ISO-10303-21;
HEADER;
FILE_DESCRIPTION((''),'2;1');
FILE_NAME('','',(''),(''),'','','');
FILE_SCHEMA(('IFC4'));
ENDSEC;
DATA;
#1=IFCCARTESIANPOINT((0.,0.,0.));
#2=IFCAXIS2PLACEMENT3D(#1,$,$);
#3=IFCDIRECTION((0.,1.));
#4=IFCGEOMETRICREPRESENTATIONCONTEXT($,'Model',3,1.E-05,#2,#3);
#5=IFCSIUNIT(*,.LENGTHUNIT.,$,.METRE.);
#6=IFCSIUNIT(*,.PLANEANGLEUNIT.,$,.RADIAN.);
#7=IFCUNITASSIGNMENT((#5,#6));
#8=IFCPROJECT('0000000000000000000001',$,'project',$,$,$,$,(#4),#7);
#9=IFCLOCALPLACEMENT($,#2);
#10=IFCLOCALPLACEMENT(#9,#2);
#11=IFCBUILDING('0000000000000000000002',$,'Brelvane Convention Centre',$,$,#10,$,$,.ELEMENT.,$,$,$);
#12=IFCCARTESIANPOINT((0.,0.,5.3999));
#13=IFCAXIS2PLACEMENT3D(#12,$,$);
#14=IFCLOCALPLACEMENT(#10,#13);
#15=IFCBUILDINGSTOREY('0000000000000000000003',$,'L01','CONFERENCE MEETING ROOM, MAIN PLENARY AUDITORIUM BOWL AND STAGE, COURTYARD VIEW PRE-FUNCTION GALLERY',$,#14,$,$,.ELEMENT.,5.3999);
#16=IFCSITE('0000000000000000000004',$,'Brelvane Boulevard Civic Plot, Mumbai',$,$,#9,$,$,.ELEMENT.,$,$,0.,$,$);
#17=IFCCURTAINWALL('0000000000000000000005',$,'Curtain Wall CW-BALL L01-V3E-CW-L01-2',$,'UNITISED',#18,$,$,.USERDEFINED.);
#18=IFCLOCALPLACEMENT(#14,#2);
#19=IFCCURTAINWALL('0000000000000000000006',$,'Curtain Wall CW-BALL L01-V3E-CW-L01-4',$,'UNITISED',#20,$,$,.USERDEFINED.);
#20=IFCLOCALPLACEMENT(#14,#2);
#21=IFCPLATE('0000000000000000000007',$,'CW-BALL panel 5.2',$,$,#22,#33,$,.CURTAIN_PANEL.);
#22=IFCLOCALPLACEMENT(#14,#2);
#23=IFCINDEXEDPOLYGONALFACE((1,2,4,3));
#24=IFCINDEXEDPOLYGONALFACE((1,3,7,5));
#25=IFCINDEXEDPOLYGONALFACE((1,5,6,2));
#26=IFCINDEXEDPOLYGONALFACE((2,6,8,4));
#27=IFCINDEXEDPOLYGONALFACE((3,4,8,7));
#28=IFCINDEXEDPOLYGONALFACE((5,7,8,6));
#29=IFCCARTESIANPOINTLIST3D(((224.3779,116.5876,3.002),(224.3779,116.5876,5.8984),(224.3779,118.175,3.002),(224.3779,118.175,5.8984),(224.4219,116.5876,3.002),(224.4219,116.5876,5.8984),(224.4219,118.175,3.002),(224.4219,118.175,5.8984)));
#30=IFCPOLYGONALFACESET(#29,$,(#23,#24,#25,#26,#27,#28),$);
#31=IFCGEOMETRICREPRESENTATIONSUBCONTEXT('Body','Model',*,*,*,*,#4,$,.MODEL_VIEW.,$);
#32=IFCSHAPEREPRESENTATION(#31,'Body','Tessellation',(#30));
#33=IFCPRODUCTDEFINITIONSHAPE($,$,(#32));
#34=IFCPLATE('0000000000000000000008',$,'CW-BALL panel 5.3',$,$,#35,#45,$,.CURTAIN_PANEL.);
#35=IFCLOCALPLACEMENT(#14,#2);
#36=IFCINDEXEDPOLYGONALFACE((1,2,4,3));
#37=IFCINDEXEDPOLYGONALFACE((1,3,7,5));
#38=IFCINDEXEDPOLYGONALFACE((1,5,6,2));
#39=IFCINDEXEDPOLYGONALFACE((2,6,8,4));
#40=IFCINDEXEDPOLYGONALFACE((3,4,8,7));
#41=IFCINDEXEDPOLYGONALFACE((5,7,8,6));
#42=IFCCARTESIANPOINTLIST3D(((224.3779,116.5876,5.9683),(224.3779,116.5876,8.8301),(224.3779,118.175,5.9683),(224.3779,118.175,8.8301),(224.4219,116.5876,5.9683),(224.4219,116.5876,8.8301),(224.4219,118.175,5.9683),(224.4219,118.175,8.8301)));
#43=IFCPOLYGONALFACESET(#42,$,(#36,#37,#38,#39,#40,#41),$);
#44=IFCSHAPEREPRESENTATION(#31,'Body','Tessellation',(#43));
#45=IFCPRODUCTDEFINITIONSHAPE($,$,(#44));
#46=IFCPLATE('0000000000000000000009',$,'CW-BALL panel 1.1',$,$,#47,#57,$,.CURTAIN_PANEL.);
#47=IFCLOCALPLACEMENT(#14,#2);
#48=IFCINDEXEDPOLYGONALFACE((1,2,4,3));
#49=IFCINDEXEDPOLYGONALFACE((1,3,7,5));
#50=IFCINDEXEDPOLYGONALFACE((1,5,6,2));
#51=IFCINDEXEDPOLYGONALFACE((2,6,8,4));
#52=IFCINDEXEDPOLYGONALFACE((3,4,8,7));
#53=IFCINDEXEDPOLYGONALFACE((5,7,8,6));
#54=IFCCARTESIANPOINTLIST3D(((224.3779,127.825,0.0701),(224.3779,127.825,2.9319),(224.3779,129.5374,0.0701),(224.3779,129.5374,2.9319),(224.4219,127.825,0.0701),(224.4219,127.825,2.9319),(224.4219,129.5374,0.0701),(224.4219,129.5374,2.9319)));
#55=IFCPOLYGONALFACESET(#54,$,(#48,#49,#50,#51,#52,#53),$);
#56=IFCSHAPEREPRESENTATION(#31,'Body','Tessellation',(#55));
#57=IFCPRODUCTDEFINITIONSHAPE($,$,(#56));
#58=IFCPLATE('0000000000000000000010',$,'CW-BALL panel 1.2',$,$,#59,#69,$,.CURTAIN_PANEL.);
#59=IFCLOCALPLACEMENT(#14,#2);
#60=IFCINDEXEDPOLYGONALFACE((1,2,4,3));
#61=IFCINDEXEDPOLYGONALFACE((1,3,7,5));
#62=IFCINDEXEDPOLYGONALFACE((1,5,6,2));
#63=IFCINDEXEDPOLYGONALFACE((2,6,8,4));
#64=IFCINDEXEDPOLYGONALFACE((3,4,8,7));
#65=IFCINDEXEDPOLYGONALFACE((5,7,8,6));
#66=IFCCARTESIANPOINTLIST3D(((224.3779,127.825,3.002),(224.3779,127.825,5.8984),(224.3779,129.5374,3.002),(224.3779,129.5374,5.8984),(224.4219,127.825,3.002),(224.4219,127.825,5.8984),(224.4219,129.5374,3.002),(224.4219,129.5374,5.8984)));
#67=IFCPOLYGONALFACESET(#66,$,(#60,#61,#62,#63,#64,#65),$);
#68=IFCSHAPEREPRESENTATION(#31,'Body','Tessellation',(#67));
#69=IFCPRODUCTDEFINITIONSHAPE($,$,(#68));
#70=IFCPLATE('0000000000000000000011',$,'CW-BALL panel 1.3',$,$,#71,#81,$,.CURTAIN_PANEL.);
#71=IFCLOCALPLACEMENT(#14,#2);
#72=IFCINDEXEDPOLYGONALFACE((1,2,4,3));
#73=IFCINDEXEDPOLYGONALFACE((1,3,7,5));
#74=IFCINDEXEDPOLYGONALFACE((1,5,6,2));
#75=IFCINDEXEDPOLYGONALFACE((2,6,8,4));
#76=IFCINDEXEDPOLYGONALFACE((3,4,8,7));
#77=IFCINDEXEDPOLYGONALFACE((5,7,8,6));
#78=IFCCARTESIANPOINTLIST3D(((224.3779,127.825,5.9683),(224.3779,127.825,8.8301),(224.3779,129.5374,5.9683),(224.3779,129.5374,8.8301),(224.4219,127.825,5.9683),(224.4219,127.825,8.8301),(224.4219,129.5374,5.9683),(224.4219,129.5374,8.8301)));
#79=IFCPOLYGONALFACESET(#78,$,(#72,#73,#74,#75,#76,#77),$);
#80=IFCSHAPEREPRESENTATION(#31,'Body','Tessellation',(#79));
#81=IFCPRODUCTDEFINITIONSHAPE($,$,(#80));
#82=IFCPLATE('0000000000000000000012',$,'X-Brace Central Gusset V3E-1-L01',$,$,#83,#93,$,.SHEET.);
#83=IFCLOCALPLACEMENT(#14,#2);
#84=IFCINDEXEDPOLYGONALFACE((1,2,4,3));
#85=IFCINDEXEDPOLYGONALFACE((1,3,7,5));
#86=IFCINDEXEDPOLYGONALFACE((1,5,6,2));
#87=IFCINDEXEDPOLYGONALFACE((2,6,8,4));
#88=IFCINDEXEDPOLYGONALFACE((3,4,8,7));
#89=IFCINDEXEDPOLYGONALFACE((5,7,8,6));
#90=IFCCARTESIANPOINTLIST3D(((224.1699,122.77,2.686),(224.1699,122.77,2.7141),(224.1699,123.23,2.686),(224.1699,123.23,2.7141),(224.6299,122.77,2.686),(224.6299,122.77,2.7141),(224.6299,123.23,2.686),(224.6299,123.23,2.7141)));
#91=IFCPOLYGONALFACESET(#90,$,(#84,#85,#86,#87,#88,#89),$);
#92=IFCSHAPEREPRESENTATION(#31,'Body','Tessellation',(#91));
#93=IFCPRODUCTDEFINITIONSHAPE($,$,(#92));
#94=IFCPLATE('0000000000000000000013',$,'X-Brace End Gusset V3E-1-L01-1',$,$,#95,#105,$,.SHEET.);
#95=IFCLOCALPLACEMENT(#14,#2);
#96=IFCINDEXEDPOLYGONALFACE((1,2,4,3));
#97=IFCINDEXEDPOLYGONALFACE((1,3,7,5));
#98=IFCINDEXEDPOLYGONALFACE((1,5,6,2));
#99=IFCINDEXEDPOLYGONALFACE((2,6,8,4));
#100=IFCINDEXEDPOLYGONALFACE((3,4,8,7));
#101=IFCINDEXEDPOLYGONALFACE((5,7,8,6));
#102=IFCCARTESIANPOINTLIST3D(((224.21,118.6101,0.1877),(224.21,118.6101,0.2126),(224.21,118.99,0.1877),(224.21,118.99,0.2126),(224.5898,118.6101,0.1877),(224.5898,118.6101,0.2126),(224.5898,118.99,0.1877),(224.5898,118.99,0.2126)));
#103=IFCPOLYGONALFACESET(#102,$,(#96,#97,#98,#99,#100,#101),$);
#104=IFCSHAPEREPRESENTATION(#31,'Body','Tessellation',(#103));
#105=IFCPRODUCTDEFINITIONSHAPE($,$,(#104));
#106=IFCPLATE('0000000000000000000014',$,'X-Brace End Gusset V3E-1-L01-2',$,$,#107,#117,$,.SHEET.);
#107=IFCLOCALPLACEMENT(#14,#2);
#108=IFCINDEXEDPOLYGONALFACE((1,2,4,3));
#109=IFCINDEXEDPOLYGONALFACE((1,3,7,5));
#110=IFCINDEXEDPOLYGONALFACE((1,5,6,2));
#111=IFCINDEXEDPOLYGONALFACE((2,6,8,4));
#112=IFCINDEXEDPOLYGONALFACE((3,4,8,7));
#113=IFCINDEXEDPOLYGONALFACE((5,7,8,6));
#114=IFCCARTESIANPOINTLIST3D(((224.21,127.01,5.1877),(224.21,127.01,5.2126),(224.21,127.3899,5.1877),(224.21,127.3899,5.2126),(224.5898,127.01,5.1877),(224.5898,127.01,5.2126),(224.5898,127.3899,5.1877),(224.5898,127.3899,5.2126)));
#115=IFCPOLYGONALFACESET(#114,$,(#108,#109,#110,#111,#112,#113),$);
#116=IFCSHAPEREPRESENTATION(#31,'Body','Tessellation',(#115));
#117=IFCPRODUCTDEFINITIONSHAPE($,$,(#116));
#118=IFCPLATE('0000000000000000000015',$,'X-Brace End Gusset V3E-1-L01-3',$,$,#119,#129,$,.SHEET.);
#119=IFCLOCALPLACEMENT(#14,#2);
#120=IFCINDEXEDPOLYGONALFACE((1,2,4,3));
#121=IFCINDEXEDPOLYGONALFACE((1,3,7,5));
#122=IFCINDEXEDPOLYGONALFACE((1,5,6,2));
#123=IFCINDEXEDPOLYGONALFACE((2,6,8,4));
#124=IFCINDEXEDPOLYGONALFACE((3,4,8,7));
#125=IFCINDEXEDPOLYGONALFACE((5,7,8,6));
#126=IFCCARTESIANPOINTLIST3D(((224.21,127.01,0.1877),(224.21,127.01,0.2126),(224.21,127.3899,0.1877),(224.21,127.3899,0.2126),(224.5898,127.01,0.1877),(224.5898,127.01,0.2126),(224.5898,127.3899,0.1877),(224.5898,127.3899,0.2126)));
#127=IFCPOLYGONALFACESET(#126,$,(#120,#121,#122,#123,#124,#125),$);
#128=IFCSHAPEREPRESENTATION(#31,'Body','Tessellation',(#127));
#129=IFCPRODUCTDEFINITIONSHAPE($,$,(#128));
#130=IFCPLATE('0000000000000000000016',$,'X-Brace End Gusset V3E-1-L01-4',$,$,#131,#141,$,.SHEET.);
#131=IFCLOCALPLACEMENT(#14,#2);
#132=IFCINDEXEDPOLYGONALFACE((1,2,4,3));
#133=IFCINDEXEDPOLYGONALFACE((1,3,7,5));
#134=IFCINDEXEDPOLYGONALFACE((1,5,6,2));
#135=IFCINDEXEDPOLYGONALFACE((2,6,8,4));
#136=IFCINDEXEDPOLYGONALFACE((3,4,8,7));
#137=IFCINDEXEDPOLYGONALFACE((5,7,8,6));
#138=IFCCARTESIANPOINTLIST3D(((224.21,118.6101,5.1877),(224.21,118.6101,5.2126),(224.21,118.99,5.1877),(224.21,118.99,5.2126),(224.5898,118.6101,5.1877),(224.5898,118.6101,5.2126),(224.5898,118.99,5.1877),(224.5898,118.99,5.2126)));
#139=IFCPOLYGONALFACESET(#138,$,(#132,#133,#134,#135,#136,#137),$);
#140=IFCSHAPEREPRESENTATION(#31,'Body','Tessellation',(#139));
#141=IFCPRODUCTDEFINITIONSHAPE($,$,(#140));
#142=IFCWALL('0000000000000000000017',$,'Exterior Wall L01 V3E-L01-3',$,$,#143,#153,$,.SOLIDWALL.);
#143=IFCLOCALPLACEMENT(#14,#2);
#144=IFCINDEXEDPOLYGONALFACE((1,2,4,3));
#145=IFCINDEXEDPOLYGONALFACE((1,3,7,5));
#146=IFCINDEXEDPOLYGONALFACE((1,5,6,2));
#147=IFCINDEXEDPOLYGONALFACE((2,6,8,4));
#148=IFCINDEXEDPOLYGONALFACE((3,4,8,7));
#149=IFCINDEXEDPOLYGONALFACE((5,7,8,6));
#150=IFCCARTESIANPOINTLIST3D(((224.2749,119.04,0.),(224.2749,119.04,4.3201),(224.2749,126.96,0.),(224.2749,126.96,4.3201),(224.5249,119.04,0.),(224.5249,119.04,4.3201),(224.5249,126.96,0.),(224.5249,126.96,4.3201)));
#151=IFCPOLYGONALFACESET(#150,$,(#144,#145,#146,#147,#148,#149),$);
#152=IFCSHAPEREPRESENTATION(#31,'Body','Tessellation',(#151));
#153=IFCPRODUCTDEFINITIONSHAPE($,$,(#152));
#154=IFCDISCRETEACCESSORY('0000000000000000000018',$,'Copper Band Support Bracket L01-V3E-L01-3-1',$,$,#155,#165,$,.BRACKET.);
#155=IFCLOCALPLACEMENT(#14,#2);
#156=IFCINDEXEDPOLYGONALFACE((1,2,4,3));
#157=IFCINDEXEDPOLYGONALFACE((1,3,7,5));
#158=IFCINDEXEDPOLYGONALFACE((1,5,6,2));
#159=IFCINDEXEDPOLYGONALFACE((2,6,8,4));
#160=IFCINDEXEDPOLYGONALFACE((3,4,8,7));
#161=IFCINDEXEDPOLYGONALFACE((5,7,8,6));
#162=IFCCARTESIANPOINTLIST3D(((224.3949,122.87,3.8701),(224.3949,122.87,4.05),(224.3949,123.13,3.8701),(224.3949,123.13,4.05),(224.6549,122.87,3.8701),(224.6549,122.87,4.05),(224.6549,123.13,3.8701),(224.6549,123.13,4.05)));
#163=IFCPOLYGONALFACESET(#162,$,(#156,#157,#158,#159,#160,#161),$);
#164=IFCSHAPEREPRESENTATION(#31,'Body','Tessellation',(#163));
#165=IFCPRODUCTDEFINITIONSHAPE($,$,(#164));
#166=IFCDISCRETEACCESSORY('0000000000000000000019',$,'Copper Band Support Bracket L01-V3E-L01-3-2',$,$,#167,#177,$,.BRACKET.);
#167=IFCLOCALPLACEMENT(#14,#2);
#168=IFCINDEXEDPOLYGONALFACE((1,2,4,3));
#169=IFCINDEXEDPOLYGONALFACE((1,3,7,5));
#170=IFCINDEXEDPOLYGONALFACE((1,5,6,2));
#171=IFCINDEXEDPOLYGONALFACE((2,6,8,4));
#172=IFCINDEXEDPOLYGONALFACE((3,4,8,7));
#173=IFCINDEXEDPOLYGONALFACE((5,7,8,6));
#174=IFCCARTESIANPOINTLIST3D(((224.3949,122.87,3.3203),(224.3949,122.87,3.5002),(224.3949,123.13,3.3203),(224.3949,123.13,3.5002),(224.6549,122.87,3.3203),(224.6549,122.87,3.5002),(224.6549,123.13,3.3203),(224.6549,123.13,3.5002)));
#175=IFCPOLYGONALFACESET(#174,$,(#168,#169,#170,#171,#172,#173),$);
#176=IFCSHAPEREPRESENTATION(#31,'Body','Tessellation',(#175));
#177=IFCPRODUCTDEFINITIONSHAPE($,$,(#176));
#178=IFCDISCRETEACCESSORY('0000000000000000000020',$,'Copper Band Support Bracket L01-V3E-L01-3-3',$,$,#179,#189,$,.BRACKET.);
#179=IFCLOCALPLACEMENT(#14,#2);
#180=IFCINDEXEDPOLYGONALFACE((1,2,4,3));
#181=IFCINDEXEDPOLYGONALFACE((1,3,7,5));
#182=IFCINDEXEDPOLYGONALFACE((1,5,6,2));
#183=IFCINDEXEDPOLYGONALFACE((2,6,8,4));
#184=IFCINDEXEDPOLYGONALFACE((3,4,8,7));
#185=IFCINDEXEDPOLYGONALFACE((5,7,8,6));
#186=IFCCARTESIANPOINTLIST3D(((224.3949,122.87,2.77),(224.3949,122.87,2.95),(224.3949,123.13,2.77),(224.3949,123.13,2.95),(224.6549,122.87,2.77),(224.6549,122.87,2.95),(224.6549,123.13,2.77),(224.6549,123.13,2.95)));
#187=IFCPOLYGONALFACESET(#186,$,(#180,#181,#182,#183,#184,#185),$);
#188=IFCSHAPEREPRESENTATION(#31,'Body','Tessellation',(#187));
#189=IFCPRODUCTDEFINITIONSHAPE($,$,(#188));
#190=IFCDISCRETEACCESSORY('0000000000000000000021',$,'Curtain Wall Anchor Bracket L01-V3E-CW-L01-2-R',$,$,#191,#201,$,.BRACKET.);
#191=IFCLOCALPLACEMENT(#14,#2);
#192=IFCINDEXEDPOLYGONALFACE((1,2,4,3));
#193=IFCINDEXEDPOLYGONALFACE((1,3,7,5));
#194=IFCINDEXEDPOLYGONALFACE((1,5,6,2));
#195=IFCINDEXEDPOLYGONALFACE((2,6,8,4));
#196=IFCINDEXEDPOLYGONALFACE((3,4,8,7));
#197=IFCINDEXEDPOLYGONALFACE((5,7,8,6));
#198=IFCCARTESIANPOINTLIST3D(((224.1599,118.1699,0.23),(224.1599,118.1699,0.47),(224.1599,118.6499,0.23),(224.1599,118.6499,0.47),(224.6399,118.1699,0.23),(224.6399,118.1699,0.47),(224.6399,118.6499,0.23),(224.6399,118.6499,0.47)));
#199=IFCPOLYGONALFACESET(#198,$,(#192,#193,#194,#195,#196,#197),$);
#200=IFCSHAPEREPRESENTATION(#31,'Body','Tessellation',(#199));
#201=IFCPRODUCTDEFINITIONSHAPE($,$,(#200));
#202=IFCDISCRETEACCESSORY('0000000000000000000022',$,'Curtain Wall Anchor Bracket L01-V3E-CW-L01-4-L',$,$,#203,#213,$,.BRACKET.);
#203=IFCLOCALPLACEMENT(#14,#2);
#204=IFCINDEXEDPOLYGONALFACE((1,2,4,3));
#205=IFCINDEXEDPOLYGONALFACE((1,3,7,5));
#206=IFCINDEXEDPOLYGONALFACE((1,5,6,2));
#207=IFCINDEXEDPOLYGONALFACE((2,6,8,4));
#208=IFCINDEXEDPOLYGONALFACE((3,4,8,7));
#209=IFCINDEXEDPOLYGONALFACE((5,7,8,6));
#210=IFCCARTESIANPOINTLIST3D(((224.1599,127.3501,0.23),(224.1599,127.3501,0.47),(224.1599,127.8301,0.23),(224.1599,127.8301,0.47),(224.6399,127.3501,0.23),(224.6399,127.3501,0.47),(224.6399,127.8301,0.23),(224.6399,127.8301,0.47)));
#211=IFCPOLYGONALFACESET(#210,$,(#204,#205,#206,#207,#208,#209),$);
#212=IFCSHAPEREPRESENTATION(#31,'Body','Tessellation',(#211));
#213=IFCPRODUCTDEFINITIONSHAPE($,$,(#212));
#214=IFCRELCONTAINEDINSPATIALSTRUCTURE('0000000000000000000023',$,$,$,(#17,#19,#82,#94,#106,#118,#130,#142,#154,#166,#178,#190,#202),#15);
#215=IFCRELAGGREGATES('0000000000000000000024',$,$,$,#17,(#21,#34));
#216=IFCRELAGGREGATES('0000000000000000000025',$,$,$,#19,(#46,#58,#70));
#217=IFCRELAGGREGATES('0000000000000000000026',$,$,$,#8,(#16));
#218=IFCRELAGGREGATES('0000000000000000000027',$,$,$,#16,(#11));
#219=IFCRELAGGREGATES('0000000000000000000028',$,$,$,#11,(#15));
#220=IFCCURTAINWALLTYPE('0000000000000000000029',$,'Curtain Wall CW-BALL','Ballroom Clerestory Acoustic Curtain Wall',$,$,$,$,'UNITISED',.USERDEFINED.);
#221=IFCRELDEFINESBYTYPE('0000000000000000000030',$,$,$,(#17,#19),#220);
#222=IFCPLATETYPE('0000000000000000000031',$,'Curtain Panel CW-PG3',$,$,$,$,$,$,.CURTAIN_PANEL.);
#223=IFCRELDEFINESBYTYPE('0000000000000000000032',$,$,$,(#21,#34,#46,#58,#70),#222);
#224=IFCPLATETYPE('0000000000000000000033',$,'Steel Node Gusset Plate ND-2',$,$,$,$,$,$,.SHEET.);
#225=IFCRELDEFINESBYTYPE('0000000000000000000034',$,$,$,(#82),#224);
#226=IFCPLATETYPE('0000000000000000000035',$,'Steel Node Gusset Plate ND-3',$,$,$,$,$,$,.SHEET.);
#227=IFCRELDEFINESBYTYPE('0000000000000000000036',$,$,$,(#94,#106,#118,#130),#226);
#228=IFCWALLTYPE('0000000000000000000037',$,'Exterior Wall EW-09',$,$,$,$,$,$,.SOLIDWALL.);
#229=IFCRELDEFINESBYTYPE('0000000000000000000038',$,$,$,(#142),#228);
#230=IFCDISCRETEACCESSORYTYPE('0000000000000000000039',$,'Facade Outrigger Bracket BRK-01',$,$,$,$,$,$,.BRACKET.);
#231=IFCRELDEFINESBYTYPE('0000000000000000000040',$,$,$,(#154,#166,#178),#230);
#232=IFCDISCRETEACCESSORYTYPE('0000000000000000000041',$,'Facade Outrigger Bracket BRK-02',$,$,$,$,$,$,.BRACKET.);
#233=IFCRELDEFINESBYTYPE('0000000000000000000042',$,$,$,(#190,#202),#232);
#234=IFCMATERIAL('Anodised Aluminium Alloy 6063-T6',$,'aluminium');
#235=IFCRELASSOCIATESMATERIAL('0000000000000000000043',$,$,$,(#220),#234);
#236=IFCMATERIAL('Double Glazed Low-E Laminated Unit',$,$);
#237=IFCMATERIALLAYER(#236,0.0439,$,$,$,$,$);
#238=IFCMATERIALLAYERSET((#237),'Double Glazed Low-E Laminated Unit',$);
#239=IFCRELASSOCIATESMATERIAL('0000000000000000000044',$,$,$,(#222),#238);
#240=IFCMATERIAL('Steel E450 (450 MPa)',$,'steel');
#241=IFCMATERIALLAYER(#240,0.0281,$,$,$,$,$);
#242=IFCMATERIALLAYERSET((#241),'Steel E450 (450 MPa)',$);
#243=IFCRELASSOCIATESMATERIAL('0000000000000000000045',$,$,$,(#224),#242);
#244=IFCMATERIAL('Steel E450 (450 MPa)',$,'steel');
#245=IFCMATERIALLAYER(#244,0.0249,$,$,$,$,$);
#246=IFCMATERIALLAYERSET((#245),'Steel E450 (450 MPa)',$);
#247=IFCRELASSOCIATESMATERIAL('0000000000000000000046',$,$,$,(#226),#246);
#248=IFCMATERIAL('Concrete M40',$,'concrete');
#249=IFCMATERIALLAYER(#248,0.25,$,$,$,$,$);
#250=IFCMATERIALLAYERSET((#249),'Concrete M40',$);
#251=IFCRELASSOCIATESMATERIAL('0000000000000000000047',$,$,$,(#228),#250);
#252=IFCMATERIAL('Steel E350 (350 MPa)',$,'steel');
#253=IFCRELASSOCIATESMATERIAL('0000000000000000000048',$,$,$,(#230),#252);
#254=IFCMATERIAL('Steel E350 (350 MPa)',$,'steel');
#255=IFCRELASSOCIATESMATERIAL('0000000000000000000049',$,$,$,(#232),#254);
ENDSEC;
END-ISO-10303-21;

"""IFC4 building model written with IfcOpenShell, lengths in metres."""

from ifc_helpers import new_model, si_unit, direction, frame, frame_2d, origin, origin_2d, place, context, subcontext, project, spatial, rectangle, extrude, material, layer, layer_set, type_object, element, aggregate, save


model = new_model("IFC4")

# Units and contexts
model_context = context("Model", 3, precision=1e-05, world=origin(), true_north=direction((0.0, 1.0)))
body_context = subcontext(model_context, "Body", "Model", "MODEL_VIEW")
ifc_project = project(units=[si_unit("LENGTHUNIT", "METRE"), si_unit("PLANEANGLEUNIT", "RADIAN")], contexts=[model_context])

# Site, building, storey
site_placement = place(None, origin())
site = spatial("IfcSite", under=ifc_project, at=site_placement, Name="Brelvane Boulevard Civic Plot, Mumbai", CompositionType="ELEMENT", RefElevation=0.0)
building_placement = place(site_placement, origin())
building = spatial("IfcBuilding", under=site, at=building_placement, Name="Brelvane Convention Centre", CompositionType="ELEMENT")
storey_placement = place(building_placement, frame((0.0, 0.0, 5.3999)))
storey = spatial("IfcBuildingStorey", under=building, at=storey_placement, Name="L01", Description="CONFERENCE MEETING ROOM, MAIN PLENARY AUDITORIUM BOWL AND STAGE, COURTYARD VIEW PRE-FUNCTION GALLERY", CompositionType="ELEMENT", Elevation=5.3999)

# Curtain wall
ifc_material_1 = material(Name="Anodised Aluminium Alloy 6063-T6", Category="aluminium")
curtain_wall_type = type_object("IfcCurtainWallType", Name="Curtain Wall CW-BALL", Description="Ballroom Clerestory Acoustic Curtain Wall", ElementType="UNITISED", PredefinedType="USERDEFINED", material=ifc_material_1)
curtain_wall_1_placement = place(storey_placement, origin())
curtain_wall_1 = element("IfcCurtainWall", 1, at=curtain_wall_1_placement, inside=storey, type_object=curtain_wall_type, Name="Curtain Wall CW-BALL L01-V3E-CW-L01-2", ObjectType="UNITISED", PredefinedType="USERDEFINED")

# Curtain wall
curtain_wall_2_placement = place(storey_placement, origin())
curtain_wall_2 = element("IfcCurtainWall", 2, at=curtain_wall_2_placement, inside=storey, type_object=curtain_wall_type, Name="Curtain Wall CW-BALL L01-V3E-CW-L01-4", ObjectType="UNITISED", PredefinedType="USERDEFINED")

# Plates
ifc_material_2 = material(Name="Double Glazed Low-E Laminated Unit")
ifc_layer_1 = layer(ifc_material_2, 0.0439)
ifc_layer_set_1 = layer_set([ifc_layer_1], Name="Double Glazed Low-E Laminated Unit")
plate_type_1 = type_object("IfcPlateType", Name="Curtain Panel CW-PG3", PredefinedType="CURTAIN_PANEL", material=ifc_layer_set_1)
plate_1_placement = place(storey_placement, frame((224.3999, 117.3813, 3.002), z_axis=(0.0, 0.0, 1.0), x_axis=(0.0, 1.0, 0.0)))
plate_1 = element("IfcPlate", 3, at=plate_1_placement, type_object=plate_type_1, Name="CW-BALL panel 5.2", PredefinedType="CURTAIN_PANEL", context=body_context, shape_type="SweptSolid", body=[
    extrude(rectangle(XDim=1.5874, YDim=0.0439, at=origin_2d()), origin(), (0.0, 0.0, 1.0), 2.8965),
])
plate_2_placement = place(storey_placement, frame((224.3999, 117.3813, 5.9683), z_axis=(0.0, 0.0, 1.0), x_axis=(0.0, 1.0, 0.0)))
plate_2 = element("IfcPlate", 4, at=plate_2_placement, type_object=plate_type_1, Name="CW-BALL panel 5.3", PredefinedType="CURTAIN_PANEL", context=body_context, shape_type="SweptSolid", body=[
    extrude(rectangle(XDim=1.5874, YDim=0.0439, at=origin_2d()), origin(), (0.0, 0.0, 1.0), 2.8618),
])
aggregate(curtain_wall_1, [plate_1, plate_2])
plate_3_placement = place(storey_placement, frame((224.3999, 128.6812, 0.0701), z_axis=(0.0, 0.0, 1.0), x_axis=(0.0, 1.0, 0.0)))
plate_3 = element("IfcPlate", 5, at=plate_3_placement, type_object=plate_type_1, Name="CW-BALL panel 1.1", PredefinedType="CURTAIN_PANEL", context=body_context, shape_type="SweptSolid", body=[
    extrude(rectangle(XDim=1.7124, YDim=0.0439, at=origin_2d()), origin(), (0.0, 0.0, 1.0), 2.8618),
])
plate_4_placement = place(storey_placement, frame((224.3999, 128.6812, 3.002), z_axis=(0.0, 0.0, 1.0), x_axis=(0.0, 1.0, 0.0)))
plate_4 = element("IfcPlate", 6, at=plate_4_placement, type_object=plate_type_1, Name="CW-BALL panel 1.2", PredefinedType="CURTAIN_PANEL", context=body_context, shape_type="SweptSolid", body=[
    extrude(rectangle(XDim=1.7124, YDim=0.0439, at=origin_2d()), origin(), (0.0, 0.0, 1.0), 2.8965),
])
plate_5_placement = place(storey_placement, frame((224.3999, 128.6812, 5.9683), z_axis=(0.0, 0.0, 1.0), x_axis=(0.0, 1.0, 0.0)))
plate_5 = element("IfcPlate", 7, at=plate_5_placement, type_object=plate_type_1, Name="CW-BALL panel 1.3", PredefinedType="CURTAIN_PANEL", context=body_context, shape_type="SweptSolid", body=[
    extrude(rectangle(XDim=1.7124, YDim=0.0439, at=origin_2d()), origin(), (0.0, 0.0, 1.0), 2.8618),
])
aggregate(curtain_wall_2, [plate_3, plate_4, plate_5])

# Plates
ifc_material_3 = material(Name="Steel E450 (450 MPa)", Category="steel")
ifc_layer_2 = layer(ifc_material_3, 0.0281)
ifc_layer_set_2 = layer_set([ifc_layer_2], Name="Steel E450 (450 MPa)")
plate_type_2 = type_object("IfcPlateType", Name="Steel Node Gusset Plate ND-2", PredefinedType="SHEET", material=ifc_layer_set_2)
plate_6_placement = place(storey_placement, frame((224.3999, 123.0, 2.686), z_axis=(0.0, 0.0, 1.0), x_axis=(1.0, 0.0, 0.0)))
element("IfcPlate", 8, at=plate_6_placement, inside=storey, type_object=plate_type_2, Name="X-Brace Central Gusset V3E-1-L01", PredefinedType="SHEET", context=body_context, shape_type="SweptSolid", body=[
    extrude(rectangle(XDim=0.46, YDim=0.46, at=origin_2d()), origin(), (0.0, 0.0, 1.0), 0.0281),
])
ifc_material_4 = material(Name="Steel E450 (450 MPa)", Category="steel")
ifc_layer_3 = layer(ifc_material_4, 0.0249)
ifc_layer_set_3 = layer_set([ifc_layer_3], Name="Steel E450 (450 MPa)")
plate_type_3 = type_object("IfcPlateType", Name="Steel Node Gusset Plate ND-3", PredefinedType="SHEET", material=ifc_layer_set_3)
for number, where, z_axis, x_axis, name in (
    (9, (224.3999, 118.8, 0.1877), (0.0, 0.0, 1.0), (1.0, 0.0, 0.0), "X-Brace End Gusset V3E-1-L01-1"),
    (10, (224.3999, 127.2, 5.1877), (0.0, 0.0, 1.0), (1.0, 0.0, 0.0), "X-Brace End Gusset V3E-1-L01-2"),
    (11, (224.3999, 127.2, 0.1877), (0.0, 0.0, 1.0), (1.0, 0.0, 0.0), "X-Brace End Gusset V3E-1-L01-3"),
    (12, (224.3999, 118.8, 5.1877), (0.0, 0.0, 1.0), (1.0, 0.0, 0.0), "X-Brace End Gusset V3E-1-L01-4"),
):
    element("IfcPlate", number, at=place(storey_placement, frame(where, z_axis=z_axis, x_axis=x_axis)), inside=storey, type_object=plate_type_3, Name=name, PredefinedType="SHEET", context=body_context, shape_type="SweptSolid", body=[
        extrude(rectangle(XDim=0.3799, YDim=0.3799, at=origin_2d()), origin(), (0.0, 0.0, 1.0), 0.0249),
    ])

# Wall
ifc_material_5 = material(Name="Concrete M40", Category="concrete")
ifc_layer_4 = layer(ifc_material_5, 0.25)
ifc_layer_set_4 = layer_set([ifc_layer_4], Name="Concrete M40")
wall_type = type_object("IfcWallType", Name="Exterior Wall EW-09", PredefinedType="SOLIDWALL", material=ifc_layer_set_4)
wall_placement = place(storey_placement, frame((224.3999, 119.04, 0.0), z_axis=(0.0, 0.0, 1.0), x_axis=(0.0, 1.0, 0.0)))
element("IfcWall", 13, at=wall_placement, inside=storey, type_object=wall_type, Name="Exterior Wall L01 V3E-L01-3", PredefinedType="SOLIDWALL", context=body_context, shape_type="SweptSolid", body=[
    extrude(rectangle(XDim=7.9199, YDim=0.25, at=frame_2d((3.96, 0.0))), origin(), (0.0, 0.0, 1.0), 4.3201),
])

# Discrete accessories
ifc_material_6 = material(Name="Steel E350 (350 MPa)", Category="steel")
discrete_accessory_type_1 = type_object("IfcDiscreteAccessoryType", Name="Facade Outrigger Bracket BRK-01", PredefinedType="BRACKET", material=ifc_material_6)
for number, where, z_axis, x_axis, name in (
    (14, (224.5249, 123.0, 3.8701), (0.0, 0.0, 1.0), (1.0, 0.0, 0.0), "Copper Band Support Bracket L01-V3E-L01-3-1"),
    (15, (224.5249, 123.0, 3.3203), (0.0, 0.0, 1.0), (1.0, 0.0, 0.0), "Copper Band Support Bracket L01-V3E-L01-3-2"),
    (16, (224.5249, 123.0, 2.77), (0.0, 0.0, 1.0), (1.0, 0.0, 0.0), "Copper Band Support Bracket L01-V3E-L01-3-3"),
):
    element("IfcDiscreteAccessory", number, at=place(storey_placement, frame(where, z_axis=z_axis, x_axis=x_axis)), inside=storey, type_object=discrete_accessory_type_1, Name=name, PredefinedType="BRACKET", context=body_context, shape_type="SweptSolid", body=[
        extrude(rectangle(XDim=0.26, YDim=0.26, at=origin_2d()), origin(), (0.0, 0.0, 1.0), 0.1799),
    ])
ifc_material_7 = material(Name="Steel E350 (350 MPa)", Category="steel")
discrete_accessory_type_2 = type_object("IfcDiscreteAccessoryType", Name="Facade Outrigger Bracket BRK-02", PredefinedType="BRACKET", material=ifc_material_7)
for number, where, z_axis, x_axis, name in (
    (17, (224.3999, 118.4099, 0.23), (0.0, 0.0, 1.0), (1.0, 0.0, 0.0), "Curtain Wall Anchor Bracket L01-V3E-CW-L01-2-R"),
    (18, (224.3999, 127.5901, 0.23), (0.0, 0.0, 1.0), (1.0, 0.0, 0.0), "Curtain Wall Anchor Bracket L01-V3E-CW-L01-4-L"),
):
    element("IfcDiscreteAccessory", number, at=place(storey_placement, frame(where, z_axis=z_axis, x_axis=x_axis)), inside=storey, type_object=discrete_accessory_type_2, Name=name, PredefinedType="BRACKET", context=body_context, shape_type="SweptSolid", body=[
        extrude(rectangle(XDim=0.48, YDim=0.48, at=origin_2d()), origin(), (0.0, 0.0, 1.0), 0.24),
    ])

save(model, "model.ifc")
